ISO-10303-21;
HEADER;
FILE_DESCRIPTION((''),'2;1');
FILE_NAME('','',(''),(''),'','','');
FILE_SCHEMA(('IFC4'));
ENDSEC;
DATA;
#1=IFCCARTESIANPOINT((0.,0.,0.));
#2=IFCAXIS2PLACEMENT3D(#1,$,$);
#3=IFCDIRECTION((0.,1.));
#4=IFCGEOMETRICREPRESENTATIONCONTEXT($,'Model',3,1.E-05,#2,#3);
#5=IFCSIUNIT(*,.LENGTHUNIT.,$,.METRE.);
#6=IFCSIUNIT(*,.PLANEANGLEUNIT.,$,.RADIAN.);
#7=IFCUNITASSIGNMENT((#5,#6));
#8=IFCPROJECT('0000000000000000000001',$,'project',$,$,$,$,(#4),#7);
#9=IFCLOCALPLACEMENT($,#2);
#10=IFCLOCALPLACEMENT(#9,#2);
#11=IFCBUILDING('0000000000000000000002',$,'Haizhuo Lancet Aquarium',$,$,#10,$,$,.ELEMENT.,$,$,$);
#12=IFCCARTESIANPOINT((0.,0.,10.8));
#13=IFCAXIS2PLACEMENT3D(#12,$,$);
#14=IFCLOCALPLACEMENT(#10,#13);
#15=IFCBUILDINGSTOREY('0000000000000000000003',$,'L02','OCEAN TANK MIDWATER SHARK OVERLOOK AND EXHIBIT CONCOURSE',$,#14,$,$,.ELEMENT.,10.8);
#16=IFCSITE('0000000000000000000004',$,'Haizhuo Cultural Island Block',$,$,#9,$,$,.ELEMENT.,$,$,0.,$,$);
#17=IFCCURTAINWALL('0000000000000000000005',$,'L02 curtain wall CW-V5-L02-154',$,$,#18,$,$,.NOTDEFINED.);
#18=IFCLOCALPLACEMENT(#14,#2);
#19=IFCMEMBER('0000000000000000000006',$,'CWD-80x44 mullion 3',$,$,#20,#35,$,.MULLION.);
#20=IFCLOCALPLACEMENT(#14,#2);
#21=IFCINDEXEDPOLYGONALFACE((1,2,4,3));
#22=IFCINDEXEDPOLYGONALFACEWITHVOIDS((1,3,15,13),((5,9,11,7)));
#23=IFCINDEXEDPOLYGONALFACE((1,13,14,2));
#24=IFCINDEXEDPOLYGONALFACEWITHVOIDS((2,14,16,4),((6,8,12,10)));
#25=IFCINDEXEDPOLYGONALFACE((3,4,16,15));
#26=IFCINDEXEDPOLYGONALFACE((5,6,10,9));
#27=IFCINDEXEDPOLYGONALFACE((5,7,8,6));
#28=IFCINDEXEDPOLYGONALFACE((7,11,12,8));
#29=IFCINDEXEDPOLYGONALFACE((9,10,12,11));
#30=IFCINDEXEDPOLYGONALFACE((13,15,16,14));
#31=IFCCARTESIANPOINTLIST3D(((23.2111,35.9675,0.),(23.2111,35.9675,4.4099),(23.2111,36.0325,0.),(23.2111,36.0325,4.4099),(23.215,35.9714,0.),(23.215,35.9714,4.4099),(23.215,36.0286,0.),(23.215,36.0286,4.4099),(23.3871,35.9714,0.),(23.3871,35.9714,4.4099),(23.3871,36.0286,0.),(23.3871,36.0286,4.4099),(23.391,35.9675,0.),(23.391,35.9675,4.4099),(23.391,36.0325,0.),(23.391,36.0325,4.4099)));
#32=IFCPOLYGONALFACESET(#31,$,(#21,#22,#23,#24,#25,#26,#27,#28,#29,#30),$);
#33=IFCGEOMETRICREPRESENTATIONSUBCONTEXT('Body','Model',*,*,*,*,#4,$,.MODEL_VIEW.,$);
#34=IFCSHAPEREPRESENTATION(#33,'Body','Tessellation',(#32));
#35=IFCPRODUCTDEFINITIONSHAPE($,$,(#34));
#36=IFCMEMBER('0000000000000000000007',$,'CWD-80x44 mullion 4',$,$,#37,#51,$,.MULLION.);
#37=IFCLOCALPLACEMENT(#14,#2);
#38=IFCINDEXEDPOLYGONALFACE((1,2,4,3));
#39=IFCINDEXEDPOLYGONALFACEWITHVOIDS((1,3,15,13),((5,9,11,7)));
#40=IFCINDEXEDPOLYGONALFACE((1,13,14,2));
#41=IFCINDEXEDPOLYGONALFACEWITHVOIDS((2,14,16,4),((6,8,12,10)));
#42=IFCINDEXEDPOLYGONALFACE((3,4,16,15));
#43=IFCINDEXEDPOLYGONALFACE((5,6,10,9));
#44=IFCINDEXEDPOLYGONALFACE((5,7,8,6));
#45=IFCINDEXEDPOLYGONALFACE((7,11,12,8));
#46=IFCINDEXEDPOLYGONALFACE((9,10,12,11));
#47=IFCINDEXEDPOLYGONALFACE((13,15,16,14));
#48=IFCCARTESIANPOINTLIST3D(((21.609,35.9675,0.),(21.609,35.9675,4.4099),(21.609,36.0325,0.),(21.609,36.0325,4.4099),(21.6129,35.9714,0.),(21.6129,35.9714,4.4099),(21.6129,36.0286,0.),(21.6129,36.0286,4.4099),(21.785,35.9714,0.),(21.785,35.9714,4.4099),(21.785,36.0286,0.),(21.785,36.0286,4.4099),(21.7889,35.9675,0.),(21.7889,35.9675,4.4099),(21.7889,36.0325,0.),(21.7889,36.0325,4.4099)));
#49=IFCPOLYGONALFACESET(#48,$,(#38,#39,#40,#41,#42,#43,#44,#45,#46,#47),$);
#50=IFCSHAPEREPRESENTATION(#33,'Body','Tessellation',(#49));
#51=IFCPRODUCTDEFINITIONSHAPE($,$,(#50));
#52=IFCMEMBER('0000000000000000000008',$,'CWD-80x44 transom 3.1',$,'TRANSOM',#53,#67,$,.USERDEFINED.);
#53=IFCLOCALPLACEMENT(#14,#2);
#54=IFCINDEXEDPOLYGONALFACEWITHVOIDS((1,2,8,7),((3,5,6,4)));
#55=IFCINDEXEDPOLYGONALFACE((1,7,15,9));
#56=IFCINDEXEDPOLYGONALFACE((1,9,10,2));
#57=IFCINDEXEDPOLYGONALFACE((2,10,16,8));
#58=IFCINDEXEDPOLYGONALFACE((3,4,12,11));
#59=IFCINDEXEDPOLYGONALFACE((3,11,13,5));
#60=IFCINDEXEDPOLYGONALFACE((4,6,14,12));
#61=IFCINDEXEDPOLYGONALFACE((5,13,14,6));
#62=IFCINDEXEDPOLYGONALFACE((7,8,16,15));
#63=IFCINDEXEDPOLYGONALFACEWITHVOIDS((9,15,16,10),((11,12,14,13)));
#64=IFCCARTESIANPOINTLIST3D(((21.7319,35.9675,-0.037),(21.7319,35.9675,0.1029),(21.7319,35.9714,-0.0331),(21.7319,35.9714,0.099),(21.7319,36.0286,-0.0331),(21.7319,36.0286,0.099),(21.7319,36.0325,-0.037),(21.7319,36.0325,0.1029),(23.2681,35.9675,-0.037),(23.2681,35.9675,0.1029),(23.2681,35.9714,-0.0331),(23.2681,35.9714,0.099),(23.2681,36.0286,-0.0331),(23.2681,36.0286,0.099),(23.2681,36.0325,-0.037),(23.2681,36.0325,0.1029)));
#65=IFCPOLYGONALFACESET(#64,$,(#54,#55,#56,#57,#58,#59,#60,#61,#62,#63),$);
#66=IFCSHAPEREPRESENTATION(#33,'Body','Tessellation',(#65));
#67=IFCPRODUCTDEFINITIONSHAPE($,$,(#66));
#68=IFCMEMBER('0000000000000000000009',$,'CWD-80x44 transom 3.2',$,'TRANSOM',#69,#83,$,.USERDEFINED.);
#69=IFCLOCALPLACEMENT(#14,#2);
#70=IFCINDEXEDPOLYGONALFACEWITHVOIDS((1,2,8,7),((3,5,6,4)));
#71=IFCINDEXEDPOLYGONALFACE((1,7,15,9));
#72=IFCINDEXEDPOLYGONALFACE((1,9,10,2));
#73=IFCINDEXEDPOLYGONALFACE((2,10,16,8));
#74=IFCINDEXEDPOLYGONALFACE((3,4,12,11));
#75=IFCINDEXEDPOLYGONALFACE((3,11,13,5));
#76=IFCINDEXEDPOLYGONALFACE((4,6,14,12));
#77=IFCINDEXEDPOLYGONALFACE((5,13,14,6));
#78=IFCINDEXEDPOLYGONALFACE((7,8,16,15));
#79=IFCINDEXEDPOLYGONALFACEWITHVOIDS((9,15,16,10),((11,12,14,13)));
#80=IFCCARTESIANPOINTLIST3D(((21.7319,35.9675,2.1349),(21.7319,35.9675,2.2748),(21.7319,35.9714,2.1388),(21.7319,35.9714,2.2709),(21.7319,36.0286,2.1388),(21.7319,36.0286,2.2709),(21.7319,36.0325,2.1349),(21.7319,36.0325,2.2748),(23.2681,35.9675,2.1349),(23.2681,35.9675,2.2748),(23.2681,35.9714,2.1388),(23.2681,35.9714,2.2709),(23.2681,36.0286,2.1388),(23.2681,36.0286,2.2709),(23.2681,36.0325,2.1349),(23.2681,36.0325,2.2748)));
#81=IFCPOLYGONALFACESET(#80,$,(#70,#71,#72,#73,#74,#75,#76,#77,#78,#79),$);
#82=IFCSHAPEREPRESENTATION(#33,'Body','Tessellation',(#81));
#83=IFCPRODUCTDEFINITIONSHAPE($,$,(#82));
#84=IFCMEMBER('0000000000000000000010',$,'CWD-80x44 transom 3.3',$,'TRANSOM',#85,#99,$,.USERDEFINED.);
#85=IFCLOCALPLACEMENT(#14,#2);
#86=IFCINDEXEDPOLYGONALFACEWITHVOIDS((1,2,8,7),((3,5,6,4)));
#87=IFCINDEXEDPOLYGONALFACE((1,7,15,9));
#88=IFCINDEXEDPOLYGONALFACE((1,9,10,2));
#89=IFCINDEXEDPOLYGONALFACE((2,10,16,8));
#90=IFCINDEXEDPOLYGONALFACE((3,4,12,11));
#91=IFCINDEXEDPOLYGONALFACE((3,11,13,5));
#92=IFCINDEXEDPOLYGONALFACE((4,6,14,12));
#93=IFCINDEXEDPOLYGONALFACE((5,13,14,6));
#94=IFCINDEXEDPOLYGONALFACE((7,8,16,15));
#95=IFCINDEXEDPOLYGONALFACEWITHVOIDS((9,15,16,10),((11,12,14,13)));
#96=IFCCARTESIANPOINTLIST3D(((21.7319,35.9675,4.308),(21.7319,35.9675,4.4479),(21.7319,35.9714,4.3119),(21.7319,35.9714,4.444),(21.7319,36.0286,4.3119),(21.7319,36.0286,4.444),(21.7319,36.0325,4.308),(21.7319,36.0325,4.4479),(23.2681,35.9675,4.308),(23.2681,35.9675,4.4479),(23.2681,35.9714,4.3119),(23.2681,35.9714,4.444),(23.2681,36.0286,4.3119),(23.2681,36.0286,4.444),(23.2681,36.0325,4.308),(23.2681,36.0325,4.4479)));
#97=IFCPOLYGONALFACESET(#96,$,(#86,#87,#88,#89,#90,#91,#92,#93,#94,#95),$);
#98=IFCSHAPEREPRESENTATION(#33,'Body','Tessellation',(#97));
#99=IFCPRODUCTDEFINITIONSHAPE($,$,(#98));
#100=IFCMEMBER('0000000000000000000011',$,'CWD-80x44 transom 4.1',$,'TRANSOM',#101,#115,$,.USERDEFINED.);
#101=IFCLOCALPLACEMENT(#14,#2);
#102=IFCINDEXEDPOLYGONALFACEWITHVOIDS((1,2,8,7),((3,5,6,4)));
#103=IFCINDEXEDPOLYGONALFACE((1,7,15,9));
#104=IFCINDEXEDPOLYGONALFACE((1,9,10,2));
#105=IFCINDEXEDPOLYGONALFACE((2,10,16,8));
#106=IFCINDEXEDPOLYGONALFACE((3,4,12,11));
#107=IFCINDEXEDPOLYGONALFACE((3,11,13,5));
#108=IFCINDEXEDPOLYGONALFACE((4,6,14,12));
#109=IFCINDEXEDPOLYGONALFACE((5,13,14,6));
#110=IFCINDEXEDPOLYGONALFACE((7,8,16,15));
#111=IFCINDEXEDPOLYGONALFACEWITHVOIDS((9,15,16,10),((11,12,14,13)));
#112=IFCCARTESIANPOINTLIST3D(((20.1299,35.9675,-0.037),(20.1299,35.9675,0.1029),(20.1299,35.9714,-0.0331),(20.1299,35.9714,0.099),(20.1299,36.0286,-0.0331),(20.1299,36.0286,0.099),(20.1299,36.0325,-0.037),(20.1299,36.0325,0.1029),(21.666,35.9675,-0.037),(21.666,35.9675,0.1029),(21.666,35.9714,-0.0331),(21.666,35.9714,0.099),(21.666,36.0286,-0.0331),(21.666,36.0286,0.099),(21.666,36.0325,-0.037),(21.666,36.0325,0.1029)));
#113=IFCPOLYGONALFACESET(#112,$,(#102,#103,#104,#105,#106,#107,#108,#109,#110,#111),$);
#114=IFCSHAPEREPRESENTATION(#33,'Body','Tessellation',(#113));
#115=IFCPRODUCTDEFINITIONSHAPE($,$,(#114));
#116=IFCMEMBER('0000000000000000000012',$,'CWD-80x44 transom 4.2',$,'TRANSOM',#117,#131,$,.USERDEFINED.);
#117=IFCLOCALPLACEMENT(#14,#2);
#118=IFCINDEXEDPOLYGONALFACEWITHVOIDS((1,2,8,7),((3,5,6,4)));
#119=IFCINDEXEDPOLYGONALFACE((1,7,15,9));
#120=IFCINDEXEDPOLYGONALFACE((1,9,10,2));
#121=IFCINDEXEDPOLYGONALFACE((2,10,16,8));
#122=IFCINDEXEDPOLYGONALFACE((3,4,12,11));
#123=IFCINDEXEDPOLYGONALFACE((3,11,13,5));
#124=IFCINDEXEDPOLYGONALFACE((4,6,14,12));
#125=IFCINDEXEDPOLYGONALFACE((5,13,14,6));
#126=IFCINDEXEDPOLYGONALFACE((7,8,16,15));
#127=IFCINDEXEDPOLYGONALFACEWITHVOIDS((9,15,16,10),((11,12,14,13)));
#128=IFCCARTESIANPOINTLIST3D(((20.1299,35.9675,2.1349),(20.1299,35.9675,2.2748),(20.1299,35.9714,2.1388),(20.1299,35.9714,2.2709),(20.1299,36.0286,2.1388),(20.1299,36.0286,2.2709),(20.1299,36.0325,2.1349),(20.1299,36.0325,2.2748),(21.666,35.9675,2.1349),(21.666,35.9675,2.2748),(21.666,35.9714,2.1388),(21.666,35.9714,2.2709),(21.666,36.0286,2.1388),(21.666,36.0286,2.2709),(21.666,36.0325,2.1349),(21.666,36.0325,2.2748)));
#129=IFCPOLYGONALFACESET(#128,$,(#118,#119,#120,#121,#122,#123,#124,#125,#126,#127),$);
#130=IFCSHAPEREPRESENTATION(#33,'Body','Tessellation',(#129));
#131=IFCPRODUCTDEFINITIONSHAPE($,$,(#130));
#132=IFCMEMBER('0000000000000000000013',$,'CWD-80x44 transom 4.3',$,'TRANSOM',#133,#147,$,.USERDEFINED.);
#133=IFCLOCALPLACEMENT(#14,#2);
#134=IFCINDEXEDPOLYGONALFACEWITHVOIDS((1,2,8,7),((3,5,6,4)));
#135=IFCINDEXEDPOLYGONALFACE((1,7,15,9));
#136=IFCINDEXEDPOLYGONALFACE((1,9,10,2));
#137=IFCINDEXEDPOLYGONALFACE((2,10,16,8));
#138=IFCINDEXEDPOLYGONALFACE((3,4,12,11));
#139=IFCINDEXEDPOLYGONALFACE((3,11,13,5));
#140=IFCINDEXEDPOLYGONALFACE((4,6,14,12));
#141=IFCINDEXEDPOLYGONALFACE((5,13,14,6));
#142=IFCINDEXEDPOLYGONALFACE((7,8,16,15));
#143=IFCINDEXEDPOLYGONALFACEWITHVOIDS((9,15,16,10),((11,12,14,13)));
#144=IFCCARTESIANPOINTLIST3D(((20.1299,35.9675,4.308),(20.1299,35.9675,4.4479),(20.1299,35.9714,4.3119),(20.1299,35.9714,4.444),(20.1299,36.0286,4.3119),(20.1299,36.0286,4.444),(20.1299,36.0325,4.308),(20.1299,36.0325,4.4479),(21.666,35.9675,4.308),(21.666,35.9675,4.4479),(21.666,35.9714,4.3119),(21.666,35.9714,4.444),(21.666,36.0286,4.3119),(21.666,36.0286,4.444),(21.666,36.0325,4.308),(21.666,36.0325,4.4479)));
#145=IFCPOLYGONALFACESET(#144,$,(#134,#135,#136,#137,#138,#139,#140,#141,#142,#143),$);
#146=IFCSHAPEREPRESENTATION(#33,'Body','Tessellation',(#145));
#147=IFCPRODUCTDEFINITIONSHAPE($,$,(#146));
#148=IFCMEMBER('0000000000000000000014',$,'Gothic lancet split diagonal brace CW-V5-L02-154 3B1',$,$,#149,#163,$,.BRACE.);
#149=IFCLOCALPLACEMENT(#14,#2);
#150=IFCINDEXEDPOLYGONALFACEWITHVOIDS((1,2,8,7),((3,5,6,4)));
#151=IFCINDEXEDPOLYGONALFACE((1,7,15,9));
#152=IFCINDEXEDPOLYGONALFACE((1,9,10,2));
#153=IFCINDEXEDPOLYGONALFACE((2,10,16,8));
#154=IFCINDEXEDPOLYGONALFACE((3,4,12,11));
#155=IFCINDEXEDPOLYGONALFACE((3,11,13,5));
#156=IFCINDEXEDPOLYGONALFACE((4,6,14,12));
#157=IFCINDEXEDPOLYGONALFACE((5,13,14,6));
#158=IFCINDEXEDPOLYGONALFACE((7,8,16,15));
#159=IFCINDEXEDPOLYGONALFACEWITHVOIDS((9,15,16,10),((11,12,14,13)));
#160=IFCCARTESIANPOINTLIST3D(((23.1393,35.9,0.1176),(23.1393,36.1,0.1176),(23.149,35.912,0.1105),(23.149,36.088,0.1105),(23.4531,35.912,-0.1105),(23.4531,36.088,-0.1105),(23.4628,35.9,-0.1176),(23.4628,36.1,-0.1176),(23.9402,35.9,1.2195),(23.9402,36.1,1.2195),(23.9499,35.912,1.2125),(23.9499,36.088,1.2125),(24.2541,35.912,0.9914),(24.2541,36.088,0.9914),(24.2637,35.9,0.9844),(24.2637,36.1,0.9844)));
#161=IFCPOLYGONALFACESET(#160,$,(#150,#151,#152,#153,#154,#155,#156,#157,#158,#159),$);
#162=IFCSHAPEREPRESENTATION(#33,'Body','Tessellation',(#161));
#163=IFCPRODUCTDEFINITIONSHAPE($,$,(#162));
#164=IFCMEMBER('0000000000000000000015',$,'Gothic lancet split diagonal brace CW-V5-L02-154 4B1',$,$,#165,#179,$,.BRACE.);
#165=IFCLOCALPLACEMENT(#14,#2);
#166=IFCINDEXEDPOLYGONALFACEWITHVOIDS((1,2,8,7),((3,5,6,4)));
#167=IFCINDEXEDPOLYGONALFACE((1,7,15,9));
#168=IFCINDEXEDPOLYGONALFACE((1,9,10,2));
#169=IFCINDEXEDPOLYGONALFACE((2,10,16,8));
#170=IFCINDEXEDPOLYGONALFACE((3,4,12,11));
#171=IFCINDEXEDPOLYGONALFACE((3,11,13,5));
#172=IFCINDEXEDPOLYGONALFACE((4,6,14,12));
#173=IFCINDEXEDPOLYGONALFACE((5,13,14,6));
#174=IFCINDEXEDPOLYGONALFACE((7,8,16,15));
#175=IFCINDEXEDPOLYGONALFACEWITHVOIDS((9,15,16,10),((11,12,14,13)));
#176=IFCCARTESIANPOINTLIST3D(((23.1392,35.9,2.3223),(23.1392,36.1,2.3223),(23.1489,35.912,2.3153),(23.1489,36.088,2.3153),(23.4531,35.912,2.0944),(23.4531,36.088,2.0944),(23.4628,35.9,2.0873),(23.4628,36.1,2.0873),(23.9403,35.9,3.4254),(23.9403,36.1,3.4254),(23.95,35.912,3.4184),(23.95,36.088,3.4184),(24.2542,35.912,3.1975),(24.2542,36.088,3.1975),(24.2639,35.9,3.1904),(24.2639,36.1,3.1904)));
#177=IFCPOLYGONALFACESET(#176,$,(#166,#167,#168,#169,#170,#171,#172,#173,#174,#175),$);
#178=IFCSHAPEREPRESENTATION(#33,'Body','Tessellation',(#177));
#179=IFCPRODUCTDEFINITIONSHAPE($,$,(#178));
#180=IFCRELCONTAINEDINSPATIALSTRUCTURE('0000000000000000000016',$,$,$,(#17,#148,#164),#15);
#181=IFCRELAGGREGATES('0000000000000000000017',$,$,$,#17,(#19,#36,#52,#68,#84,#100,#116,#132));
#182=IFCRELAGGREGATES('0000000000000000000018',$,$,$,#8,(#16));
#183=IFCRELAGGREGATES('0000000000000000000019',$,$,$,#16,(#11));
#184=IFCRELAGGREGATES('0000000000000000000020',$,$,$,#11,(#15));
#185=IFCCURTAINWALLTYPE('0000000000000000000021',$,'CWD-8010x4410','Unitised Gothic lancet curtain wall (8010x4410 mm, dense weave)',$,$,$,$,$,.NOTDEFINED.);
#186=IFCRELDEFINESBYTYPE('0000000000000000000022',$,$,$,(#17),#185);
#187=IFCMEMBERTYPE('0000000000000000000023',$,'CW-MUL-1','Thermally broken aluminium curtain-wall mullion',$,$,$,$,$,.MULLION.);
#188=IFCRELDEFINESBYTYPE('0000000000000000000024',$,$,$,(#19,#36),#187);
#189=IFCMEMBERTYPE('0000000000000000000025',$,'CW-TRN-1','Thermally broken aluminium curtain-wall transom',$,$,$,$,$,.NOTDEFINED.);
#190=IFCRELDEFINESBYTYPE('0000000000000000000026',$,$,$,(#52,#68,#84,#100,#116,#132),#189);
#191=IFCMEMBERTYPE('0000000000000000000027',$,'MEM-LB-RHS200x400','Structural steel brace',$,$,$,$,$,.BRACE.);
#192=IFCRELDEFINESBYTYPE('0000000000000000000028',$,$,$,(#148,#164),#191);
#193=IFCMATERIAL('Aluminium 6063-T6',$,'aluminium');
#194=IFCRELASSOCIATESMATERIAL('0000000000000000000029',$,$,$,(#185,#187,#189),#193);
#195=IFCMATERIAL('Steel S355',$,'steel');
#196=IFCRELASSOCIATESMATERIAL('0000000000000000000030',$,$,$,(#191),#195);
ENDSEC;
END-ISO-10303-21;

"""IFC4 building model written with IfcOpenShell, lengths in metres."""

from ifc_helpers import new_model, si_unit, direction, frame, origin, origin_2d, place, context, subcontext, project, spatial, hollow_rectangle, extrude, material, material_profile, profile_set, type_object, element, aggregate, save


model = new_model("IFC4")

# Units and contexts
model_context = context("Model", 3, precision=1e-05, world=origin(), true_north=direction((0.0, 1.0)))
body_context = subcontext(model_context, "Body", "Model", "MODEL_VIEW")
ifc_project = project(units=[si_unit("LENGTHUNIT", "METRE"), si_unit("PLANEANGLEUNIT", "RADIAN")], contexts=[model_context])

# Site, building, storey
site_placement = place(None, origin())
site = spatial("IfcSite", under=ifc_project, at=site_placement, Name="Haizhuo Cultural Island Block", CompositionType="ELEMENT", RefElevation=0.0)
building_placement = place(site_placement, origin())
building = spatial("IfcBuilding", under=site, at=building_placement, Name="Haizhuo Lancet Aquarium", CompositionType="ELEMENT")
storey_placement = place(building_placement, frame((0.0, 0.0, 10.8)))
storey = spatial("IfcBuildingStorey", under=building, at=storey_placement, Name="L02", Description="OCEAN TANK MIDWATER SHARK OVERLOOK AND EXHIBIT CONCOURSE", CompositionType="ELEMENT", Elevation=10.8)

# Curtain wall, members
ifc_material_1 = material(Name="Aluminium 6063-T6", Category="aluminium")
curtain_wall_type = type_object("IfcCurtainWallType", Name="CWD-8010x4410", Description="Unitised Gothic lancet curtain wall (8010x4410 mm, dense weave)", PredefinedType="NOTDEFINED", material=ifc_material_1)
curtain_wall_placement = place(storey_placement, origin())
curtain_wall = element("IfcCurtainWall", 1, at=curtain_wall_placement, inside=storey, type_object=curtain_wall_type, Name="L02 curtain wall CW-V5-L02-154", PredefinedType="NOTDEFINED")
ifc_material_profile_1 = material_profile(ifc_material_1, hollow_rectangle(XDim=0.0649, YDim=0.1799, WallThickness=0.0039, at=origin_2d()), Name="ALU-M 65x180x4")
ifc_profile_set_1 = profile_set([ifc_material_profile_1], Name="Aluminium 6063-T6")
member_type_1 = type_object("IfcMemberType", Name="CW-MUL-1", Description="Thermally broken aluminium curtain-wall mullion", PredefinedType="MULLION", material=ifc_profile_set_1)
member_1_placement = place(storey_placement, frame((23.301, 36.0, 0.0), z_axis=(0.0, 0.0, 1.0), x_axis=(0.0, -1.0, 0.0)))
member_1 = element("IfcMember", 2, at=member_1_placement, type_object=member_type_1, Name="CWD-80x44 mullion 3", PredefinedType="MULLION", context=body_context, shape_type="SweptSolid", body=[
    extrude(hollow_rectangle(XDim=0.0649, YDim=0.1799, WallThickness=0.0039, at=origin_2d()), origin(), (0.0, 0.0, 1.0), 4.4099),
])
member_2_placement = place(storey_placement, frame((21.699, 36.0, 0.0), z_axis=(0.0, 0.0, 1.0), x_axis=(0.0, -1.0, 0.0)))
member_2 = element("IfcMember", 3, at=member_2_placement, type_object=member_type_1, Name="CWD-80x44 mullion 4", PredefinedType="MULLION", context=body_context, shape_type="SweptSolid", body=[
    extrude(hollow_rectangle(XDim=0.0649, YDim=0.1799, WallThickness=0.0039, at=origin_2d()), origin(), (0.0, 0.0, 1.0), 4.4099),
])
ifc_material_profile_2 = material_profile(ifc_material_1, hollow_rectangle(XDim=0.0649, YDim=0.1399, WallThickness=0.0039, at=origin_2d()), Name="ALU-T 65x140x4")
ifc_profile_set_2 = profile_set([ifc_material_profile_2], Name="Aluminium 6063-T6")
member_type_2 = type_object("IfcMemberType", Name="CW-TRN-1", Description="Thermally broken aluminium curtain-wall transom", PredefinedType="NOTDEFINED", material=ifc_profile_set_2)
member_3_placement = place(storey_placement, frame((23.2681, 36.0, 0.033), z_axis=(-1.0, 0.0, 0.0), x_axis=(0.0, -1.0, 0.0)))
member_3 = element("IfcMember", 4, at=member_3_placement, type_object=member_type_2, Name="CWD-80x44 transom 3.1", ObjectType="TRANSOM", PredefinedType="USERDEFINED", context=body_context, shape_type="SweptSolid", body=[
    extrude(hollow_rectangle(XDim=0.0649, YDim=0.1399, WallThickness=0.0039, at=origin_2d()), origin(), (0.0, 0.0, 1.0), 1.5361),
])
member_4_placement = place(storey_placement, frame((23.2681, 36.0, 2.2048), z_axis=(-1.0, 0.0, 0.0), x_axis=(0.0, -1.0, 0.0)))
member_4 = element("IfcMember", 5, at=member_4_placement, type_object=member_type_2, Name="CWD-80x44 transom 3.2", ObjectType="TRANSOM", PredefinedType="USERDEFINED", context=body_context, shape_type="SweptSolid", body=[
    extrude(hollow_rectangle(XDim=0.0649, YDim=0.1399, WallThickness=0.0039, at=origin_2d()), origin(), (0.0, 0.0, 1.0), 1.5361),
])
member_5_placement = place(storey_placement, frame((23.2681, 36.0, 4.3779), z_axis=(-1.0, 0.0, 0.0), x_axis=(0.0, -1.0, 0.0)))
member_5 = element("IfcMember", 6, at=member_5_placement, type_object=member_type_2, Name="CWD-80x44 transom 3.3", ObjectType="TRANSOM", PredefinedType="USERDEFINED", context=body_context, shape_type="SweptSolid", body=[
    extrude(hollow_rectangle(XDim=0.0649, YDim=0.1399, WallThickness=0.0039, at=origin_2d()), origin(), (0.0, 0.0, 1.0), 1.5361),
])
member_6_placement = place(storey_placement, frame((21.666, 36.0, 0.033), z_axis=(-1.0, 0.0, 0.0), x_axis=(0.0, -1.0, 0.0)))
member_6 = element("IfcMember", 7, at=member_6_placement, type_object=member_type_2, Name="CWD-80x44 transom 4.1", ObjectType="TRANSOM", PredefinedType="USERDEFINED", context=body_context, shape_type="SweptSolid", body=[
    extrude(hollow_rectangle(XDim=0.0649, YDim=0.1399, WallThickness=0.0039, at=origin_2d()), origin(), (0.0, 0.0, 1.0), 1.5361),
])
member_7_placement = place(storey_placement, frame((21.666, 36.0, 2.2048), z_axis=(-1.0, 0.0, 0.0), x_axis=(0.0, -1.0, 0.0)))
member_7 = element("IfcMember", 8, at=member_7_placement, type_object=member_type_2, Name="CWD-80x44 transom 4.2", ObjectType="TRANSOM", PredefinedType="USERDEFINED", context=body_context, shape_type="SweptSolid", body=[
    extrude(hollow_rectangle(XDim=0.0649, YDim=0.1399, WallThickness=0.0039, at=origin_2d()), origin(), (0.0, 0.0, 1.0), 1.5361),
])
member_8_placement = place(storey_placement, frame((21.666, 36.0, 4.3779), z_axis=(-1.0, 0.0, 0.0), x_axis=(0.0, -1.0, 0.0)))
member_8 = element("IfcMember", 9, at=member_8_placement, type_object=member_type_2, Name="CWD-80x44 transom 4.3", ObjectType="TRANSOM", PredefinedType="USERDEFINED", context=body_context, shape_type="SweptSolid", body=[
    extrude(hollow_rectangle(XDim=0.0649, YDim=0.1399, WallThickness=0.0039, at=origin_2d()), origin(), (0.0, 0.0, 1.0), 1.5361),
])

# Members
ifc_material_2 = material(Name="Steel S355", Category="steel")
ifc_material_profile_3 = material_profile(ifc_material_2, hollow_rectangle(XDim=0.2, YDim=0.3999, WallThickness=0.012, at=origin_2d()), Name="RHS 200x400x12")
ifc_profile_set_3 = profile_set([ifc_material_profile_3], Name="Steel S355")
member_type_3 = type_object("IfcMemberType", Name="MEM-LB-RHS200x400", Description="Structural steel brace", PredefinedType="BRACE", material=ifc_profile_set_3)
member_9_placement = place(storey_placement, frame((23.301, 36.0, 0.0), z_axis=(0.587948, 0.0, 0.808899), x_axis=(0.0, 1.0, 0.0)))
element("IfcMember", 10, at=member_9_placement, inside=storey, type_object=member_type_3, Name="Gothic lancet split diagonal brace CW-V5-L02-154 3B1", PredefinedType="BRACE", context=body_context, shape_type="SweptSolid", body=[
    extrude(hollow_rectangle(XDim=0.2, YDim=0.3999, WallThickness=0.012, at=origin_2d()), origin(), (0.0, 0.0, 1.0), 1.3623),
])
member_10_placement = place(storey_placement, frame((23.301, 36.0, 2.2048), z_axis=(0.587607, 0.0, 0.809146), x_axis=(0.0, 1.0, 0.0)))
element("IfcMember", 11, at=member_10_placement, inside=storey, type_object=member_type_3, Name="Gothic lancet split diagonal brace CW-V5-L02-154 4B1", PredefinedType="BRACE", context=body_context, shape_type="SweptSolid", body=[
    extrude(hollow_rectangle(XDim=0.2, YDim=0.3999, WallThickness=0.012, at=origin_2d()), origin(), (0.0, 0.0, 1.0), 1.3633),
])

aggregate(curtain_wall, [member_1, member_2, member_3, member_4, member_5, member_6, member_7, member_8])

save(model, "model.ifc")
